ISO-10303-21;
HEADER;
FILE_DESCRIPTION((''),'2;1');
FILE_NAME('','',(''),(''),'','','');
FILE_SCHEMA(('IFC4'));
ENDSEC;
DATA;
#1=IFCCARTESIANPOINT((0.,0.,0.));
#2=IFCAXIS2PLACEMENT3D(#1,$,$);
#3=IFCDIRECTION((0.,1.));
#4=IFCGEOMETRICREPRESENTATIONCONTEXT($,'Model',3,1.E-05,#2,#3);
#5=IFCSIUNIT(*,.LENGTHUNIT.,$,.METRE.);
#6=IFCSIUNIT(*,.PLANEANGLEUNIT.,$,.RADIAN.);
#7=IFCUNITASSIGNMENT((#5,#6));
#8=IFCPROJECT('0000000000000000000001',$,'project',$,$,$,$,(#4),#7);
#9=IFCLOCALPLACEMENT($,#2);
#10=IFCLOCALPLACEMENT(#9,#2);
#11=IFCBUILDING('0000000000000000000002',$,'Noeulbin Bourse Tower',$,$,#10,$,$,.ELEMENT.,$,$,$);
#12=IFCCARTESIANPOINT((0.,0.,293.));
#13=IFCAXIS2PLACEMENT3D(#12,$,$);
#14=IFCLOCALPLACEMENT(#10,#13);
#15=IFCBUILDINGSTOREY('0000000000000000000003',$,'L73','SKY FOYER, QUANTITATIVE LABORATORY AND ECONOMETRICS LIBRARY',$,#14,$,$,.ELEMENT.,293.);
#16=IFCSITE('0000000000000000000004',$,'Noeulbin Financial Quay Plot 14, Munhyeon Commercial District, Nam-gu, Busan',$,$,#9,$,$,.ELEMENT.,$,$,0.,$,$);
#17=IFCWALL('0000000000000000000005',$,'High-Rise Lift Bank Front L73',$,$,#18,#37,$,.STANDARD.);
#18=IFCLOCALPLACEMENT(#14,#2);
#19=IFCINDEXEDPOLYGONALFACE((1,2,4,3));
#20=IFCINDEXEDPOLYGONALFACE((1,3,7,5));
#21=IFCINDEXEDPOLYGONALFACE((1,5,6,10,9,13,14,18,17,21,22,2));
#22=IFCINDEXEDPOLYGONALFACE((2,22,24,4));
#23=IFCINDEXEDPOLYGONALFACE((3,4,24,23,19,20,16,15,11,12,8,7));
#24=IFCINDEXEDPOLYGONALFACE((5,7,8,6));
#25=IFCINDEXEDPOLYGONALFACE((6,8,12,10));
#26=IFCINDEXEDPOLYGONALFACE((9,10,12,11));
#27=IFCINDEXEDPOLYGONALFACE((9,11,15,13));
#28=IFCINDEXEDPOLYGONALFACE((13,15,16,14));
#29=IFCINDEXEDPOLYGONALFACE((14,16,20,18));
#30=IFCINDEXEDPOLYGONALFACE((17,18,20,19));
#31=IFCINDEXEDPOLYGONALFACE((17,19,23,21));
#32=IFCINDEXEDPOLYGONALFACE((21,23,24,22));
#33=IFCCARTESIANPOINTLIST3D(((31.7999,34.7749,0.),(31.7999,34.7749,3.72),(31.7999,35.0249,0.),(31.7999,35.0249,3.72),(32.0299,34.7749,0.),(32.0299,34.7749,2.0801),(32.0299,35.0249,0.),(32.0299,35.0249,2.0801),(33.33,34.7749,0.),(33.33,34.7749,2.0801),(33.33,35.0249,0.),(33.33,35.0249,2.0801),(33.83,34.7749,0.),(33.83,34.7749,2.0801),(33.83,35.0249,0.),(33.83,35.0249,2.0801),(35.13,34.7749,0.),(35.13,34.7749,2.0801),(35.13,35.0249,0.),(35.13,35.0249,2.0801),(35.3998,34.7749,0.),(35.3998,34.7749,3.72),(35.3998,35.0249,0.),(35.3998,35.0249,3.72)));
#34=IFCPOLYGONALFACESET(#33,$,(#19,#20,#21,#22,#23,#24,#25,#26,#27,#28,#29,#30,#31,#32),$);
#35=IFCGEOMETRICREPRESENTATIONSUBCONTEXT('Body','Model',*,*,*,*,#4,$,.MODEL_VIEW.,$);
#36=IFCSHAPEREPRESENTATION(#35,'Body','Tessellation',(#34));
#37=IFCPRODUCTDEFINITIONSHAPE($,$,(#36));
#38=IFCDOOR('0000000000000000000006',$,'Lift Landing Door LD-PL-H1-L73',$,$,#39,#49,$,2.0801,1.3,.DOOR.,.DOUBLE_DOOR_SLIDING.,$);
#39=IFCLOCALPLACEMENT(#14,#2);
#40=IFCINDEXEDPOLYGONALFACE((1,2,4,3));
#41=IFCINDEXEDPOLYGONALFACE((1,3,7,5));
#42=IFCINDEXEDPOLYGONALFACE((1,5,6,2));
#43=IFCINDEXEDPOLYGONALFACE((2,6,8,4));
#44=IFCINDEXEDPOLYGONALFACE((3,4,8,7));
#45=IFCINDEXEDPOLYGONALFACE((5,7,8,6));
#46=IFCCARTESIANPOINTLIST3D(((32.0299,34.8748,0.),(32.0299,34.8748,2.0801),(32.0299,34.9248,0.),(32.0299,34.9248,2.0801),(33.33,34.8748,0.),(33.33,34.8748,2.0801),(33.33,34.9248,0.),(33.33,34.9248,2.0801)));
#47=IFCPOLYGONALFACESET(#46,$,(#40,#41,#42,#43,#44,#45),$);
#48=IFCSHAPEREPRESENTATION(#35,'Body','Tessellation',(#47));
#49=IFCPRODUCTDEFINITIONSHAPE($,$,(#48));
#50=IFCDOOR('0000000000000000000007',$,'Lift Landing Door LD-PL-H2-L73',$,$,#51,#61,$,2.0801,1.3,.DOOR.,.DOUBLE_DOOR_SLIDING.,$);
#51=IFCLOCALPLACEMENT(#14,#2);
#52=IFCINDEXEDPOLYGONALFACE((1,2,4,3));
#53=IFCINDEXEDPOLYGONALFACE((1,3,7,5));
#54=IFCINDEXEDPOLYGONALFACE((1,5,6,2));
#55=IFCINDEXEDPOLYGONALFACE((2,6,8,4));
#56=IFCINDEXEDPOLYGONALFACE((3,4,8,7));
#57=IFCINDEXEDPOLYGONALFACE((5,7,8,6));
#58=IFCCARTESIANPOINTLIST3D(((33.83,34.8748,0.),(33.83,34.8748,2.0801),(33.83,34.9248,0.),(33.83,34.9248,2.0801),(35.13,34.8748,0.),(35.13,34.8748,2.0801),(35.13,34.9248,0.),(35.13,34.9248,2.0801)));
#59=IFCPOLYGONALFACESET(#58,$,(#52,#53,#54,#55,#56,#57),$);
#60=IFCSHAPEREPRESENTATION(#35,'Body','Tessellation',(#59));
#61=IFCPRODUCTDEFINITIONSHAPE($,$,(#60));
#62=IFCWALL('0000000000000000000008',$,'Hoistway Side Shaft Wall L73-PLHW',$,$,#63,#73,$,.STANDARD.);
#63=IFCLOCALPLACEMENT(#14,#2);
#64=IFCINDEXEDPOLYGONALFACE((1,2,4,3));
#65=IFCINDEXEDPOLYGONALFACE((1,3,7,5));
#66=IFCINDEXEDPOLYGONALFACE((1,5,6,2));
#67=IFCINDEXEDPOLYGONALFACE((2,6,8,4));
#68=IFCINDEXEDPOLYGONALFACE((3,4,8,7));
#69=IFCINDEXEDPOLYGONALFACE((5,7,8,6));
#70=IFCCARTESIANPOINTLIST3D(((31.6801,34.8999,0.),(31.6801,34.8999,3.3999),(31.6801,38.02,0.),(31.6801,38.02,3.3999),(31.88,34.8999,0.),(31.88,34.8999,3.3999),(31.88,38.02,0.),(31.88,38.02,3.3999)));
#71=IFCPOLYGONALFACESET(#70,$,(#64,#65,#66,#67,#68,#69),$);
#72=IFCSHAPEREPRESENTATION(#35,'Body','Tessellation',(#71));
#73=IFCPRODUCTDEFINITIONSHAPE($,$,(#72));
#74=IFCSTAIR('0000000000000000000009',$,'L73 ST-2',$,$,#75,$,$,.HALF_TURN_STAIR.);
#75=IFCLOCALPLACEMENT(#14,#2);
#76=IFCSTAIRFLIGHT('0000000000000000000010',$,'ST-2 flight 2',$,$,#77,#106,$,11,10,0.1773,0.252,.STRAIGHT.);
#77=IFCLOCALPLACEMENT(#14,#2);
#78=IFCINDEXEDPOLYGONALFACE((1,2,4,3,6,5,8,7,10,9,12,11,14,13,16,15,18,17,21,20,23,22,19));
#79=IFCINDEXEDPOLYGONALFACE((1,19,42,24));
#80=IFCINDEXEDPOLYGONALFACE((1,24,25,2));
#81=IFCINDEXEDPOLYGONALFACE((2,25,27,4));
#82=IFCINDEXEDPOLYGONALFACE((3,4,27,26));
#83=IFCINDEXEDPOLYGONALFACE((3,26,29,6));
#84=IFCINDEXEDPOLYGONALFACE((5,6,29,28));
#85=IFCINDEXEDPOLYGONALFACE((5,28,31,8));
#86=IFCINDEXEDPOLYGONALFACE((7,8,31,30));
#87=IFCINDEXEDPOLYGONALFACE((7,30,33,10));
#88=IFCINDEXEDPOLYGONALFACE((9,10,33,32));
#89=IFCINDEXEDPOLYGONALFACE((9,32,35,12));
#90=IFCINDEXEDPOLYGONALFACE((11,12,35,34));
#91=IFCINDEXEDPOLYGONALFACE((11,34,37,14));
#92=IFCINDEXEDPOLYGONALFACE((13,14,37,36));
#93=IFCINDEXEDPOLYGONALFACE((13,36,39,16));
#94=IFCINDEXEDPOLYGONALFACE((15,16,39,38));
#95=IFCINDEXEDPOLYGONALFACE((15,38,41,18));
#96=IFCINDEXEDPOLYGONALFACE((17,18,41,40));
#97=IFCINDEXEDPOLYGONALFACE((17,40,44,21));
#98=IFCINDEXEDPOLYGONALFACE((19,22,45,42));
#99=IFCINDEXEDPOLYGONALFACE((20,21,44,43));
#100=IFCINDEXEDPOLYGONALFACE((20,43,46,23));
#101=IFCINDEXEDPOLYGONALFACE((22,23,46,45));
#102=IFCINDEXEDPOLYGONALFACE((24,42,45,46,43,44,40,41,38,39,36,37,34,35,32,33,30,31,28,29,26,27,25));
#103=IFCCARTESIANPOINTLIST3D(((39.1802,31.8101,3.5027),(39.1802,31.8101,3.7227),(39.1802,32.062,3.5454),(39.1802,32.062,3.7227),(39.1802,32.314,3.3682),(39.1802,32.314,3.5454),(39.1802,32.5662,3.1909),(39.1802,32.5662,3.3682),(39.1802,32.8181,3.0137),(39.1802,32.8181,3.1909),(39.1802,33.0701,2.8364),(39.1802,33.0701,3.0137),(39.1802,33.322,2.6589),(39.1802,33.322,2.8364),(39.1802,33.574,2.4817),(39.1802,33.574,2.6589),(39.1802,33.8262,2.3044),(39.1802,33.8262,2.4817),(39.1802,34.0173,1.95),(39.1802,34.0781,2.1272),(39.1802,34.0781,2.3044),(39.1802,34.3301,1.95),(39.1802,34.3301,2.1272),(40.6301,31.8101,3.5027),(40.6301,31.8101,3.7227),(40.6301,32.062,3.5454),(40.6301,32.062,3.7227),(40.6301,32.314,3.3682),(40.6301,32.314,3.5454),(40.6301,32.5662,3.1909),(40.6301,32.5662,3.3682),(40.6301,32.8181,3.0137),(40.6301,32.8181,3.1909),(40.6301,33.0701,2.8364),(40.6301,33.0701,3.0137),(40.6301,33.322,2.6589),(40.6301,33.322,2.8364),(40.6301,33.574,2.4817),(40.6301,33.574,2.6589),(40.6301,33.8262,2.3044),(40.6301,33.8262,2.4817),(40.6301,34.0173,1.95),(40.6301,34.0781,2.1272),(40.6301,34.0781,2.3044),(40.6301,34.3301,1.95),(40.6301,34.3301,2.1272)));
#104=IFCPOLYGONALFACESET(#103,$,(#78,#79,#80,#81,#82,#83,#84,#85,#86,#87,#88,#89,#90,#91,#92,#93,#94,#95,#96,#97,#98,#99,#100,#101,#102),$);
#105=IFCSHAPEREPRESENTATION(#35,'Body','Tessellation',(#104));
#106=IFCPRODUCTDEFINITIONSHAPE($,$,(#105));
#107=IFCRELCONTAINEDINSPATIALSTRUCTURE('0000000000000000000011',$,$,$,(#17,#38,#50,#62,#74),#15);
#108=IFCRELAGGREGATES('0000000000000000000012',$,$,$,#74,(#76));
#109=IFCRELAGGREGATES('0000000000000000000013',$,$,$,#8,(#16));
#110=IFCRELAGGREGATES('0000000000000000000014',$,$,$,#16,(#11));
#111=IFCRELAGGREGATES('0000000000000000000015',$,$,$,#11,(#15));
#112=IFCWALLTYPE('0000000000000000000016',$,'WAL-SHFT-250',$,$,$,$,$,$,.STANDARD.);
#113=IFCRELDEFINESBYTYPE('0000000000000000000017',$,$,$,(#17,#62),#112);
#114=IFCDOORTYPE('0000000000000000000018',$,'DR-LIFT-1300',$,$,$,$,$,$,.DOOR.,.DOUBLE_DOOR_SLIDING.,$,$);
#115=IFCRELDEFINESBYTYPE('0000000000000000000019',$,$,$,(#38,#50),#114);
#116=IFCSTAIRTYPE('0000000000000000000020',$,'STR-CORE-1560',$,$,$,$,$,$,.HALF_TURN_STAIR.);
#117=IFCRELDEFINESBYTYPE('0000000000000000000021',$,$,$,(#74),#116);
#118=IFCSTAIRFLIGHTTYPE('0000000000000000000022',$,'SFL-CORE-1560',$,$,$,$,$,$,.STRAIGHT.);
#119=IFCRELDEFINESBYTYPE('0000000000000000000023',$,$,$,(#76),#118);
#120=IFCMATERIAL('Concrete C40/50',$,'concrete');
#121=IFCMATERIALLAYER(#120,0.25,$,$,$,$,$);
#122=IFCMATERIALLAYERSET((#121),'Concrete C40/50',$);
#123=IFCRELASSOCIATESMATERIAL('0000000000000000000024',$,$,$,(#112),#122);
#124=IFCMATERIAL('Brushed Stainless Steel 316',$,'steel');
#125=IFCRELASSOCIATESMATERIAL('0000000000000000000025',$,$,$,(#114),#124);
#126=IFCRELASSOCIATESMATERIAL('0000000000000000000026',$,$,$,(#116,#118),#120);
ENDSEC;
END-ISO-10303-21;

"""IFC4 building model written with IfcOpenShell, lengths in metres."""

from ifc_helpers import new_model, si_unit, direction, frame, frame_2d, origin, place, context, subcontext, project, spatial, polyline, rectangle, outline, extrude, material, layer, layer_set, type_object, element, fill, aggregate, save


model = new_model("IFC4")

# Units and contexts
model_context = context("Model", 3, precision=1e-05, world=origin(), true_north=direction((0.0, 1.0)))
body_context = subcontext(model_context, "Body", "Model", "MODEL_VIEW")
ifc_project = project(units=[si_unit("LENGTHUNIT", "METRE"), si_unit("PLANEANGLEUNIT", "RADIAN")], contexts=[model_context])

# Site, building, storey
site_placement = place(None, origin())
site = spatial("IfcSite", under=ifc_project, at=site_placement, Name="Noeulbin Financial Quay Plot 14, Munhyeon Commercial District, Nam-gu, Busan", CompositionType="ELEMENT", RefElevation=0.0)
building_placement = place(site_placement, origin())
building = spatial("IfcBuilding", under=site, at=building_placement, Name="Noeulbin Bourse Tower", CompositionType="ELEMENT")
storey_placement = place(building_placement, frame((0.0, 0.0, 293.0)))
storey = spatial("IfcBuildingStorey", under=building, at=storey_placement, Name="L73", Description="SKY FOYER, QUANTITATIVE LABORATORY AND ECONOMETRICS LIBRARY", CompositionType="ELEMENT", Elevation=293.0)

# Shared definitions
ifc_material_1 = material(Name="Concrete C40/50", Category="concrete")
ifc_layer_1 = layer(ifc_material_1, 0.25)
ifc_layer_set_1 = layer_set([ifc_layer_1], Name="Concrete C40/50")
wall_type_1 = type_object("IfcWallType", Name="WAL-SHFT-250", PredefinedType="STANDARD", material=ifc_layer_set_1)

# Shared definitions
ifc_material_2 = material(Name="Brushed Stainless Steel 316", Category="steel")

# Wall, openings, doors
wall_1_placement = place(storey_placement, frame((31.8, 34.8999, 0.0), z_axis=(0.0, 0.0, 1.0), x_axis=(1.0, 0.0, 0.0)))
wall_1 = element("IfcWall", 1, at=wall_1_placement, inside=storey, type_object=wall_type_1, Name="High-Rise Lift Bank Front L73", PredefinedType="STANDARD", context=body_context, shape_type="SweptSolid", body=[
    extrude(rectangle(XDim=3.5999, YDim=0.25, at=frame_2d((1.7998, 0.0))), origin(), (0.0, 0.0, 1.0), 3.72),
])
opening_1_placement = place(wall_1_placement, frame((0.23, 0.0, 0.0)))
opening_1 = element("IfcOpeningElement", 2, at=opening_1_placement, cuts=wall_1, PredefinedType="OPENING", context=body_context, shape_type="SweptSolid", body=[
    extrude(rectangle(XDim=1.3, YDim=2.0801, at=frame_2d((0.6499, 1.04))), frame((0.0, 0.135, 0.0), z_axis=(0.0, -1.0, 0.0), x_axis=(1.0, 0.0, 0.0)), (0.0, 0.0, 1.0), 0.27),
])
opening_2_placement = place(wall_1_placement, frame((2.03, 0.0, 0.0)))
opening_2 = element("IfcOpeningElement", 3, at=opening_2_placement, cuts=wall_1, PredefinedType="OPENING", context=body_context, shape_type="SweptSolid", body=[
    extrude(rectangle(XDim=1.3, YDim=2.0801, at=frame_2d((0.6499, 1.04))), frame((0.0, 0.135, 0.0), z_axis=(0.0, -1.0, 0.0), x_axis=(1.0, 0.0, 0.0)), (0.0, 0.0, 1.0), 0.27),
])
door_type_1 = type_object("IfcDoorType", Name="DR-LIFT-1300", OperationType="DOUBLE_DOOR_SLIDING", PredefinedType="DOOR", material=ifc_material_2)
door_1_placement = place(opening_1_placement, origin())
door_1 = element("IfcDoor", 4, at=door_1_placement, inside=storey, type_object=door_type_1, Name="Lift Landing Door LD-PL-H1-L73", OperationType="DOUBLE_DOOR_SLIDING", OverallHeight=2.0801, OverallWidth=1.3, PredefinedType="DOOR", context=body_context, shape_type="SweptSolid", body=[
    extrude(rectangle(XDim=1.3, YDim=2.0801, at=frame_2d((0.6499, 1.04))), frame((0.0, 0.0249, 0.0), z_axis=(0.0, -1.0, 0.0), x_axis=(1.0, 0.0, 0.0)), (0.0, 0.0, 1.0), 0.05),
])
fill(opening_1, door_1)
door_2_placement = place(opening_2_placement, origin())
door_2 = element("IfcDoor", 5, at=door_2_placement, inside=storey, type_object=door_type_1, Name="Lift Landing Door LD-PL-H2-L73", OperationType="DOUBLE_DOOR_SLIDING", OverallHeight=2.0801, OverallWidth=1.3, PredefinedType="DOOR", context=body_context, shape_type="SweptSolid", body=[
    extrude(rectangle(XDim=1.3, YDim=2.0801, at=frame_2d((0.6499, 1.04))), frame((0.0, 0.0249, 0.0), z_axis=(0.0, -1.0, 0.0), x_axis=(1.0, 0.0, 0.0)), (0.0, 0.0, 1.0), 0.05),
])
fill(opening_2, door_2)

# Wall
wall_2_placement = place(storey_placement, frame((31.78, 34.8999, 0.0), z_axis=(0.0, 0.0, 1.0), x_axis=(0.0, 1.0, 0.0)))
element("IfcWall", 6, at=wall_2_placement, inside=storey, type_object=wall_type_1, Name="Hoistway Side Shaft Wall L73-PLHW", PredefinedType="STANDARD", context=body_context, shape_type="SweptSolid", body=[
    extrude(rectangle(XDim=3.1201, YDim=0.2, at=frame_2d((1.5601, 0.0))), origin(), (0.0, 0.0, 1.0), 3.3999),
])

# Stair, stair flight
stair_type = type_object("IfcStairType", Name="STR-CORE-1560", PredefinedType="HALF_TURN_STAIR", material=ifc_material_1)
stair_placement = place(storey_placement, origin())
stair = element("IfcStair", 7, at=stair_placement, inside=storey, type_object=stair_type, Name="L73 ST-2", PredefinedType="HALF_TURN_STAIR")
stair_flight_type = type_object("IfcStairFlightType", Name="SFL-CORE-1560", PredefinedType="STRAIGHT", material=ifc_material_1)
stair_flight_placement = place(storey_placement, frame((39.905, 34.3301, 1.95), z_axis=(0.0, 0.0, 1.0), x_axis=(0.0, -1.0, 0.0)))
stair_flight = element("IfcStairFlight", 8, at=stair_flight_placement, type_object=stair_flight_type, Name="ST-2 flight 2", NumberOfRisers=11, NumberOfTreads=10, PredefinedType="STRAIGHT", RiserHeight=0.1773, TreadLength=0.252, context=body_context, shape_type="SweptSolid", body=[
    extrude(outline(polyline([(0.0, 0.0), (0.0, 0.1772), (0.252, 0.1772), (0.252, 0.3545), (0.5039, 0.3545), (0.5039, 0.5317), (0.7561, 0.5317), (0.7561, 0.709), (1.0081, 0.709), (1.0081, 0.8865), (1.26, 0.8865), (1.26, 1.0637), (1.512, 1.0637), (1.512, 1.241), (1.7639, 1.241), (1.7639, 1.4182), (2.0161, 1.4182), (2.0161, 1.5955), (2.2681, 1.5955), (2.2681, 1.7727), (2.52, 1.7727), (2.52, 1.95), (2.52, 1.5527), (0.3127, 0.0), (0.0, 0.0)])), frame((0.0, 0.7251, 0.0), z_axis=(0.0, -1.0, 0.0), x_axis=(1.0, 0.0, 0.0)), (0.0, 0.0, 1.0), 1.45),
])
aggregate(stair, [stair_flight])

save(model, "model.ifc")
